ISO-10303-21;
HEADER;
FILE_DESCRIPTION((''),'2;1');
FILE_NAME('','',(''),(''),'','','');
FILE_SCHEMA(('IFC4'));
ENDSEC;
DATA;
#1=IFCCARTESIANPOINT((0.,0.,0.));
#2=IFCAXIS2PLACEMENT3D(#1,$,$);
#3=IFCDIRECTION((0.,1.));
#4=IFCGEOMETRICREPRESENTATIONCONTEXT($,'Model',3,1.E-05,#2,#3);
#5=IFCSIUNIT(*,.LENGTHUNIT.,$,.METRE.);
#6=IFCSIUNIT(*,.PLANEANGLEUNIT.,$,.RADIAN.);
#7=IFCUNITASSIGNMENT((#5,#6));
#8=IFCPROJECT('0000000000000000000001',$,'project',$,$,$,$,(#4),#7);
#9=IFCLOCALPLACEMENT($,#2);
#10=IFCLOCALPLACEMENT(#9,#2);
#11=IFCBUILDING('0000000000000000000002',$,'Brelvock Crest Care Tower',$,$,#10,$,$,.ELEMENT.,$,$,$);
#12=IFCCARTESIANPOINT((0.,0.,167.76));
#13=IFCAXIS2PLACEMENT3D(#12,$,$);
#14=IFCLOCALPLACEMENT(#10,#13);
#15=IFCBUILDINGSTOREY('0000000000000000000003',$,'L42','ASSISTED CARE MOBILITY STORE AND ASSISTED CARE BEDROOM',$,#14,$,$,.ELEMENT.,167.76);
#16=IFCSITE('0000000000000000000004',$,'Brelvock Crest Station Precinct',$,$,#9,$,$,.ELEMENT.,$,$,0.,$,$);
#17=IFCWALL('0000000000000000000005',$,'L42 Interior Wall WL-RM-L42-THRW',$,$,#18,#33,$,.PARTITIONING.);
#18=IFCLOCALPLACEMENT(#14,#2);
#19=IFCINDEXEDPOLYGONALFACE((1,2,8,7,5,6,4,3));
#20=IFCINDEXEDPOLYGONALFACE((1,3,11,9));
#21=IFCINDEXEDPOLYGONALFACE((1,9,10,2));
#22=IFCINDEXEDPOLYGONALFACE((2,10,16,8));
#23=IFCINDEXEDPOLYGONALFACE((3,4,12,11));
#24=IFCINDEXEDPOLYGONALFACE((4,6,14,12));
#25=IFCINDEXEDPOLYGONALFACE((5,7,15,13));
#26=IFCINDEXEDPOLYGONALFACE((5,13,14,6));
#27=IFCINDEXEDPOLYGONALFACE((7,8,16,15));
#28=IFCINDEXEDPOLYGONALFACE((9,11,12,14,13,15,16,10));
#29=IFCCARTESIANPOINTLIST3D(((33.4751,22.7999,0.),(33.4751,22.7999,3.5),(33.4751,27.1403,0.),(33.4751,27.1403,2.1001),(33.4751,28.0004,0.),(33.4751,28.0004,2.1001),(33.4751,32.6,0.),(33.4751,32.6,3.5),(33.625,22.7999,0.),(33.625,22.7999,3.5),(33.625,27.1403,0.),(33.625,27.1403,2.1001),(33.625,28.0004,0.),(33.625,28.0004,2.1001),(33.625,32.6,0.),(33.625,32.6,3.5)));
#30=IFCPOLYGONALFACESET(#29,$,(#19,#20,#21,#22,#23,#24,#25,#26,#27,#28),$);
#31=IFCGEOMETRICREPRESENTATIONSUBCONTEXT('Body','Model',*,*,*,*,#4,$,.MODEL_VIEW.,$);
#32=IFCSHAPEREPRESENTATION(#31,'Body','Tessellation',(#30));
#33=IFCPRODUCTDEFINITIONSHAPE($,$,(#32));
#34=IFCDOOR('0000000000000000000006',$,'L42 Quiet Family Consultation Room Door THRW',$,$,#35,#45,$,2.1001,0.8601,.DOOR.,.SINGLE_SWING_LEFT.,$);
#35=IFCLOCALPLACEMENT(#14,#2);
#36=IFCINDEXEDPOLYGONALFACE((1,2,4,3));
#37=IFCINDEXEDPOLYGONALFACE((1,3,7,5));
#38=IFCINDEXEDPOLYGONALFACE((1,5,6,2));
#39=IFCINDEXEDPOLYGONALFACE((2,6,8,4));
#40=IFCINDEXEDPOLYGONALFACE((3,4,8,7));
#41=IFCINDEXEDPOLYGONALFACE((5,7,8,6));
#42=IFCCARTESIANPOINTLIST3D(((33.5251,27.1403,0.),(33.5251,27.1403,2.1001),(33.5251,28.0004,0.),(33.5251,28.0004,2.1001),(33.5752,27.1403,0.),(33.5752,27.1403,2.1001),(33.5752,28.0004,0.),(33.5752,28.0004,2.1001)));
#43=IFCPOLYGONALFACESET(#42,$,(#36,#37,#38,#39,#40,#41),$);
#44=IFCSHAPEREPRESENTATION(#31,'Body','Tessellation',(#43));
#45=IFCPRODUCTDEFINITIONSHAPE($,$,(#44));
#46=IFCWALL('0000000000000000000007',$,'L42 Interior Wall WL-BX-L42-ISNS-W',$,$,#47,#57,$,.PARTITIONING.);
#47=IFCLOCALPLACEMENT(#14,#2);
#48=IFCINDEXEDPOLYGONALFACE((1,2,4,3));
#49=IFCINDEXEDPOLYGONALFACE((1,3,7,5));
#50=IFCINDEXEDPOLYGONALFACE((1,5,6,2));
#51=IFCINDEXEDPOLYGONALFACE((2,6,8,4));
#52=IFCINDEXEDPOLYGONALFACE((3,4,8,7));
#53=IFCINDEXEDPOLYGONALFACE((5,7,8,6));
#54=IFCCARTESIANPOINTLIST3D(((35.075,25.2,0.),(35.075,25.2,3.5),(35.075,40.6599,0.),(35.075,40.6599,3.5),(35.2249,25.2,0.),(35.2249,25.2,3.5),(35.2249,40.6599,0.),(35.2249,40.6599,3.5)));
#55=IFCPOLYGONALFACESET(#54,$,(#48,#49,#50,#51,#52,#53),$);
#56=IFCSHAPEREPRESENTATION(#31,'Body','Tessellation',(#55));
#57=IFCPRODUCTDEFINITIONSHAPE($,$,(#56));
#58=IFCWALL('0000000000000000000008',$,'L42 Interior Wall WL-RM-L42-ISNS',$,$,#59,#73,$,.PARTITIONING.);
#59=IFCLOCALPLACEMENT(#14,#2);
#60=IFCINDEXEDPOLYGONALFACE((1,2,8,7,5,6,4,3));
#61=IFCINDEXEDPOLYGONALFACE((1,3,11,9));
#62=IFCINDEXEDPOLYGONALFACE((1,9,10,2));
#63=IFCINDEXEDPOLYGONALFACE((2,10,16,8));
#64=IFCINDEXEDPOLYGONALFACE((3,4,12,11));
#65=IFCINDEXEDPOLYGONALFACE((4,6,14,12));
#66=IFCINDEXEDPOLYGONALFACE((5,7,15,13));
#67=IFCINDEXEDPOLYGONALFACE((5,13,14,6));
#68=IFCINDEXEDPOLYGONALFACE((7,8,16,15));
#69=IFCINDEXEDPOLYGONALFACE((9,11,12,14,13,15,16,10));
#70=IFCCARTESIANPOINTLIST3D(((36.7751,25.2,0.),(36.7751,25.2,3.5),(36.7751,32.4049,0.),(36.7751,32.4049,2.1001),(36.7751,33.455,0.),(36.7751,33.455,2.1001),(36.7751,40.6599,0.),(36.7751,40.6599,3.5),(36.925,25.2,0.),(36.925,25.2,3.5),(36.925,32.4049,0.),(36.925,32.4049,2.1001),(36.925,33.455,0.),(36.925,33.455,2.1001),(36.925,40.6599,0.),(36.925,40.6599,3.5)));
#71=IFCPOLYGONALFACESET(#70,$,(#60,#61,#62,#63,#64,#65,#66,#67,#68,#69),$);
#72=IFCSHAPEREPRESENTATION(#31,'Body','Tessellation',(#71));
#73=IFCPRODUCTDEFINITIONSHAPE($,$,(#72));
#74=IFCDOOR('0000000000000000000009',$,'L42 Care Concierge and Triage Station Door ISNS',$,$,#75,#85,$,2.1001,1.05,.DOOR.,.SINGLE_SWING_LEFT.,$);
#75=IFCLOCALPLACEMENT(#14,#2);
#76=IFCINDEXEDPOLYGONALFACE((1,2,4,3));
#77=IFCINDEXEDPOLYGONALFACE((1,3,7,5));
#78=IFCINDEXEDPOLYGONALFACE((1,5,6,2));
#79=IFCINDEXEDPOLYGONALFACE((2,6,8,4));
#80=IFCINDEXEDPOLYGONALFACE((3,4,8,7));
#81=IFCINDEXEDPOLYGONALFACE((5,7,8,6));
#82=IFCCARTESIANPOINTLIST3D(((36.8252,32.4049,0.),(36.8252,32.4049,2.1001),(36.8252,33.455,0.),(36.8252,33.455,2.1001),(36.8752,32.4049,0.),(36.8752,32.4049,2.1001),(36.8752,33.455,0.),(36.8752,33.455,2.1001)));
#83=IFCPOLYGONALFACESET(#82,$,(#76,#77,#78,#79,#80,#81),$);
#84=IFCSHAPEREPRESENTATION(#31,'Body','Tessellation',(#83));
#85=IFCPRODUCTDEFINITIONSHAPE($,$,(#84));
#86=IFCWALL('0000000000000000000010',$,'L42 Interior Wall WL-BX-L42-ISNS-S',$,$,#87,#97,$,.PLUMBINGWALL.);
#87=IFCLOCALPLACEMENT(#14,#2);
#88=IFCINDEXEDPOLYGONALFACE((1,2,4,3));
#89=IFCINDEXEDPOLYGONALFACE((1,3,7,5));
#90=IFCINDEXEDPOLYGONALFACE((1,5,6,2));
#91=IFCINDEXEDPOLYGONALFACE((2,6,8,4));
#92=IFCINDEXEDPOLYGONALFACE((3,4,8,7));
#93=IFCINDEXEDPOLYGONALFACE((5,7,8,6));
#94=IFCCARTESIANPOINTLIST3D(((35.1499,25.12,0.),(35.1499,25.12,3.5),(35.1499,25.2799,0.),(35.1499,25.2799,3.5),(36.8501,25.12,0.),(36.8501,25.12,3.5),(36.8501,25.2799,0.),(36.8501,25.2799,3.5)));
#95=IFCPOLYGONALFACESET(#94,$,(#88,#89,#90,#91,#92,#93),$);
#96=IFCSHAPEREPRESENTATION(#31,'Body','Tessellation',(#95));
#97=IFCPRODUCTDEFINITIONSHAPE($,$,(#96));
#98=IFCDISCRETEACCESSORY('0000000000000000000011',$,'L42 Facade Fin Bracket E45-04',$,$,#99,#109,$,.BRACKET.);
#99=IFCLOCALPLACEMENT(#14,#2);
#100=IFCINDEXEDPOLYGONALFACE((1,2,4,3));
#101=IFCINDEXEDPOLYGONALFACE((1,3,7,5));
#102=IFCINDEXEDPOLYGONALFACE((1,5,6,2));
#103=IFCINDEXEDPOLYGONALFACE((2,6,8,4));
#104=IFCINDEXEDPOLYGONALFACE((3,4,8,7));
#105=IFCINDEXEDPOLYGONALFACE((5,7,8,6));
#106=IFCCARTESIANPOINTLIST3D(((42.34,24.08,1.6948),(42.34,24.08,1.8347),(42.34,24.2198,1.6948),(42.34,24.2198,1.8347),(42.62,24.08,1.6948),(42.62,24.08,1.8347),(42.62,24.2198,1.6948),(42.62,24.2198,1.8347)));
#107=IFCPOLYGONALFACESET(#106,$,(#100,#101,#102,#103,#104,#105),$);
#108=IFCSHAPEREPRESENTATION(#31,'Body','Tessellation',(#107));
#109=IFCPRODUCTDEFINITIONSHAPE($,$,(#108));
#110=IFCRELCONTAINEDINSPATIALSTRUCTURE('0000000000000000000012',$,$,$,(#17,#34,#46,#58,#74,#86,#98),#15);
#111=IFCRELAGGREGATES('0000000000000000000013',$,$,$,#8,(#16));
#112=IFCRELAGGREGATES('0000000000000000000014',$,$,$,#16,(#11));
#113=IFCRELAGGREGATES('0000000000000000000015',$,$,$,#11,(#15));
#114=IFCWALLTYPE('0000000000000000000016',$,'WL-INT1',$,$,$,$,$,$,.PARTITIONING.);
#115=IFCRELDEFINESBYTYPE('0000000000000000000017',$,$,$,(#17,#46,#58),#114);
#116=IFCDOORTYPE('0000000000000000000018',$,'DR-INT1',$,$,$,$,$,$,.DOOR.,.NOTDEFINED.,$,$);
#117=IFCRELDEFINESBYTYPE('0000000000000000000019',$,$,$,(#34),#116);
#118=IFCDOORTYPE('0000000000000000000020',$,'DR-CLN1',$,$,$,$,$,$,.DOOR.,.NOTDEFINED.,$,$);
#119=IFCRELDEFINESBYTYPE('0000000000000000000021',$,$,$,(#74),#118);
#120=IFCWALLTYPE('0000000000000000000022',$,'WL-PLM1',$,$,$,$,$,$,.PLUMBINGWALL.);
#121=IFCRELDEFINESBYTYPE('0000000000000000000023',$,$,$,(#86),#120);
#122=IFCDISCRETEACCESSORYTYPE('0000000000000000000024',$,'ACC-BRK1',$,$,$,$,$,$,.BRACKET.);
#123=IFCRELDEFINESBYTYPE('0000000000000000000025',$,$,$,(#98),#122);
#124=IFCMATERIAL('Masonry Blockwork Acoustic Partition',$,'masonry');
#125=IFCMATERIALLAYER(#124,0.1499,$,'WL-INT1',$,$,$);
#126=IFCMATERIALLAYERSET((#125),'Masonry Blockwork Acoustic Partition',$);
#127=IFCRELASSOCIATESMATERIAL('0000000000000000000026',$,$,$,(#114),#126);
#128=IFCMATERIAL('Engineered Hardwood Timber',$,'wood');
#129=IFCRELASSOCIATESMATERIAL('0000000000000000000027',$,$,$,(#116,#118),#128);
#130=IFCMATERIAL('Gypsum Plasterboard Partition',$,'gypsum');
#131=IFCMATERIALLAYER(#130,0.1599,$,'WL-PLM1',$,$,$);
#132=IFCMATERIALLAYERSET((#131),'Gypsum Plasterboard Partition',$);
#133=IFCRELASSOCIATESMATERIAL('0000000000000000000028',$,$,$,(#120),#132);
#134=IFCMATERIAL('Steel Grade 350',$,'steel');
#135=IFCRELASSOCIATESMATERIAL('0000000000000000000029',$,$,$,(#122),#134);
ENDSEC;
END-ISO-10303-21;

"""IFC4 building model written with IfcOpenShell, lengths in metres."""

from ifc_helpers import new_model, si_unit, direction, frame, frame_2d, origin, origin_2d, place, context, subcontext, project, spatial, rectangle, extrude, source, transform, mapped, material, layer, layer_set, type_object, element, fill, save


model = new_model("IFC4")

# Units and contexts
model_context = context("Model", 3, precision=1e-05, world=origin(), true_north=direction((0.0, 1.0)))
body_context = subcontext(model_context, "Body", "Model", "MODEL_VIEW")
ifc_project = project(units=[si_unit("LENGTHUNIT", "METRE"), si_unit("PLANEANGLEUNIT", "RADIAN")], contexts=[model_context])

# Site, building, storey
site_placement = place(None, origin())
site = spatial("IfcSite", under=ifc_project, at=site_placement, Name="Brelvock Crest Station Precinct", CompositionType="ELEMENT", RefElevation=0.0)
building_placement = place(site_placement, origin())
building = spatial("IfcBuilding", under=site, at=building_placement, Name="Brelvock Crest Care Tower", CompositionType="ELEMENT")
storey_placement = place(building_placement, frame((0.0, 0.0, 167.76)))
storey = spatial("IfcBuildingStorey", under=building, at=storey_placement, Name="L42", Description="ASSISTED CARE MOBILITY STORE AND ASSISTED CARE BEDROOM", CompositionType="ELEMENT", Elevation=167.76)

# Wall, opening, door
ifc_material_1 = material(Name="Masonry Blockwork Acoustic Partition", Category="masonry")
ifc_layer_1 = layer(ifc_material_1, 0.1499, Name="WL-INT1")
ifc_layer_set_1 = layer_set([ifc_layer_1], Name="Masonry Blockwork Acoustic Partition")
wall_type_1 = type_object("IfcWallType", Name="WL-INT1", PredefinedType="PARTITIONING", material=ifc_layer_set_1)
wall_1_placement = place(storey_placement, frame((33.55, 22.8, 0.0), z_axis=(0.0, 0.0, 1.0), x_axis=(0.0, 1.0, 0.0)))
wall_1 = element("IfcWall", 1, at=wall_1_placement, inside=storey, type_object=wall_type_1, Name="L42 Interior Wall WL-RM-L42-THRW", PredefinedType="PARTITIONING", context=body_context, shape_type="SweptSolid", body=[
    extrude(rectangle(XDim=9.8, YDim=0.1499, at=frame_2d((4.8999, 0.0))), origin(), (0.0, 0.0, 1.0), 3.5),
])
opening_1_placement = place(wall_1_placement, frame((4.3401, 0.0, 0.0)))
opening_1 = element("IfcOpeningElement", 2, at=opening_1_placement, cuts=wall_1, PredefinedType="OPENING", context=body_context, shape_type="SweptSolid", body=[
    extrude(rectangle(XDim=0.8601, YDim=2.1001, at=origin_2d()), frame((0.4302, 0.085, 1.05), z_axis=(0.0, -1.0, 0.0), x_axis=(1.0, 0.0, 0.0)), (0.0, 0.0, 1.0), 0.1699),
])
ifc_material_2 = material(Name="Engineered Hardwood Timber", Category="wood")
door_type_1 = type_object("IfcDoorType", Name="DR-INT1", OperationType="NOTDEFINED", PredefinedType="DOOR", material=ifc_material_2)
shared_shape_1 = source(origin(), body_context, "Body", "SweptSolid", [
    extrude(rectangle(XDim=0.8601, YDim=2.1001, at=origin_2d()), frame((0.4302, 0.0249, 1.05), z_axis=(0.0, -1.0, 0.0), x_axis=(1.0, 0.0, 0.0)), (0.0, 0.0, 1.0), 0.05),
])
door_1_placement = place(opening_1_placement, origin())
door_1 = element("IfcDoor", 3, at=door_1_placement, inside=storey, type_object=door_type_1, Name="L42 Quiet Family Consultation Room Door THRW", OperationType="SINGLE_SWING_LEFT", OverallHeight=2.1001, OverallWidth=0.8601, PredefinedType="DOOR", context=body_context, shape_type="MappedRepresentation", body=[
    mapped(shared_shape_1, transform((0.0, 0.0, 0.0), x_axis=(1.0, 0.0, 0.0), y_axis=(0.0, 1.0, 0.0), z_axis=(0.0, 0.0, 1.0), scale=1.0)),
])
fill(opening_1, door_1)

# Wall
wall_2_placement = place(storey_placement, frame((35.1499, 25.2, 0.0), z_axis=(0.0, 0.0, 1.0), x_axis=(0.0, 1.0, 0.0)))
element("IfcWall", 4, at=wall_2_placement, inside=storey, type_object=wall_type_1, Name="L42 Interior Wall WL-BX-L42-ISNS-W", PredefinedType="PARTITIONING", context=body_context, shape_type="SweptSolid", body=[
    extrude(rectangle(XDim=15.46, YDim=0.1499, at=frame_2d((7.73, 0.0))), origin(), (0.0, 0.0, 1.0), 3.5),
])

# Wall, opening, door
wall_3_placement = place(storey_placement, frame((36.8501, 25.2, 0.0), z_axis=(0.0, 0.0, 1.0), x_axis=(0.0, 1.0, 0.0)))
wall_3 = element("IfcWall", 5, at=wall_3_placement, inside=storey, type_object=wall_type_1, Name="L42 Interior Wall WL-RM-L42-ISNS", PredefinedType="PARTITIONING", context=body_context, shape_type="SweptSolid", body=[
    extrude(rectangle(XDim=15.46, YDim=0.1499, at=frame_2d((7.73, 0.0))), origin(), (0.0, 0.0, 1.0), 3.5),
])
opening_2_placement = place(wall_3_placement, frame((7.2051, 0.0, 0.0)))
opening_2 = element("IfcOpeningElement", 6, at=opening_2_placement, cuts=wall_3, PredefinedType="OPENING", context=body_context, shape_type="SweptSolid", body=[
    extrude(rectangle(XDim=1.05, YDim=2.1001, at=origin_2d()), frame((0.5249, 0.085, 1.05), z_axis=(0.0, -1.0, 0.0), x_axis=(1.0, 0.0, 0.0)), (0.0, 0.0, 1.0), 0.1699),
])
door_type_2 = type_object("IfcDoorType", Name="DR-CLN1", OperationType="NOTDEFINED", PredefinedType="DOOR", material=ifc_material_2)
shared_shape_2 = source(origin(), body_context, "Body", "SweptSolid", [
    extrude(rectangle(XDim=1.05, YDim=2.1001, at=origin_2d()), frame((0.5249, 0.0249, 1.05), z_axis=(0.0, -1.0, 0.0), x_axis=(1.0, 0.0, 0.0)), (0.0, 0.0, 1.0), 0.05),
])
door_2_placement = place(opening_2_placement, origin())
door_2 = element("IfcDoor", 7, at=door_2_placement, inside=storey, type_object=door_type_2, Name="L42 Care Concierge and Triage Station Door ISNS", OperationType="SINGLE_SWING_LEFT", OverallHeight=2.1001, OverallWidth=1.05, PredefinedType="DOOR", context=body_context, shape_type="MappedRepresentation", body=[
    mapped(shared_shape_2, transform((0.0, 0.0, 0.0), x_axis=(1.0, 0.0, 0.0), y_axis=(0.0, 1.0, 0.0), z_axis=(0.0, 0.0, 1.0), scale=1.0)),
])
fill(opening_2, door_2)

# Wall
ifc_material_3 = material(Name="Gypsum Plasterboard Partition", Category="gypsum")
ifc_layer_2 = layer(ifc_material_3, 0.1599, Name="WL-PLM1")
ifc_layer_set_2 = layer_set([ifc_layer_2], Name="Gypsum Plasterboard Partition")
wall_type_2 = type_object("IfcWallType", Name="WL-PLM1", PredefinedType="PLUMBINGWALL", material=ifc_layer_set_2)
wall_4_placement = place(storey_placement, frame((35.1499, 25.2, 0.0), z_axis=(0.0, 0.0, 1.0), x_axis=(1.0, 0.0, 0.0)))
element("IfcWall", 8, at=wall_4_placement, inside=storey, type_object=wall_type_2, Name="L42 Interior Wall WL-BX-L42-ISNS-S", PredefinedType="PLUMBINGWALL", context=body_context, shape_type="SweptSolid", body=[
    extrude(rectangle(XDim=1.7002, YDim=0.1599, at=frame_2d((0.8501, 0.0))), origin(), (0.0, 0.0, 1.0), 3.5),
])

# Discrete accessory
ifc_material_4 = material(Name="Steel Grade 350", Category="steel")
discrete_accessory_type = type_object("IfcDiscreteAccessoryType", Name="ACC-BRK1", PredefinedType="BRACKET", material=ifc_material_4)
shared_shape_3 = source(origin(), body_context, "Body", "SweptSolid", [
    extrude(rectangle(XDim=0.28, YDim=0.1399, at=origin_2d()), origin(), (0.0, 0.0, 1.0), 0.1399),
])
discrete_accessory_placement = place(storey_placement, frame((42.48, 24.1499, 1.6948), z_axis=(0.0, 0.0, 1.0), x_axis=(1.0, 0.0, 0.0)))
element("IfcDiscreteAccessory", 9, at=discrete_accessory_placement, inside=storey, type_object=discrete_accessory_type, Name="L42 Facade Fin Bracket E45-04", PredefinedType="BRACKET", context=body_context, shape_type="MappedRepresentation", body=[
    mapped(shared_shape_3, transform((0.0, 0.0, 0.0), x_axis=(1.0, 0.0, 0.0), y_axis=(0.0, 1.0, 0.0), z_axis=(0.0, 0.0, 1.0), scale=1.0)),
])

save(model, "model.ifc")
